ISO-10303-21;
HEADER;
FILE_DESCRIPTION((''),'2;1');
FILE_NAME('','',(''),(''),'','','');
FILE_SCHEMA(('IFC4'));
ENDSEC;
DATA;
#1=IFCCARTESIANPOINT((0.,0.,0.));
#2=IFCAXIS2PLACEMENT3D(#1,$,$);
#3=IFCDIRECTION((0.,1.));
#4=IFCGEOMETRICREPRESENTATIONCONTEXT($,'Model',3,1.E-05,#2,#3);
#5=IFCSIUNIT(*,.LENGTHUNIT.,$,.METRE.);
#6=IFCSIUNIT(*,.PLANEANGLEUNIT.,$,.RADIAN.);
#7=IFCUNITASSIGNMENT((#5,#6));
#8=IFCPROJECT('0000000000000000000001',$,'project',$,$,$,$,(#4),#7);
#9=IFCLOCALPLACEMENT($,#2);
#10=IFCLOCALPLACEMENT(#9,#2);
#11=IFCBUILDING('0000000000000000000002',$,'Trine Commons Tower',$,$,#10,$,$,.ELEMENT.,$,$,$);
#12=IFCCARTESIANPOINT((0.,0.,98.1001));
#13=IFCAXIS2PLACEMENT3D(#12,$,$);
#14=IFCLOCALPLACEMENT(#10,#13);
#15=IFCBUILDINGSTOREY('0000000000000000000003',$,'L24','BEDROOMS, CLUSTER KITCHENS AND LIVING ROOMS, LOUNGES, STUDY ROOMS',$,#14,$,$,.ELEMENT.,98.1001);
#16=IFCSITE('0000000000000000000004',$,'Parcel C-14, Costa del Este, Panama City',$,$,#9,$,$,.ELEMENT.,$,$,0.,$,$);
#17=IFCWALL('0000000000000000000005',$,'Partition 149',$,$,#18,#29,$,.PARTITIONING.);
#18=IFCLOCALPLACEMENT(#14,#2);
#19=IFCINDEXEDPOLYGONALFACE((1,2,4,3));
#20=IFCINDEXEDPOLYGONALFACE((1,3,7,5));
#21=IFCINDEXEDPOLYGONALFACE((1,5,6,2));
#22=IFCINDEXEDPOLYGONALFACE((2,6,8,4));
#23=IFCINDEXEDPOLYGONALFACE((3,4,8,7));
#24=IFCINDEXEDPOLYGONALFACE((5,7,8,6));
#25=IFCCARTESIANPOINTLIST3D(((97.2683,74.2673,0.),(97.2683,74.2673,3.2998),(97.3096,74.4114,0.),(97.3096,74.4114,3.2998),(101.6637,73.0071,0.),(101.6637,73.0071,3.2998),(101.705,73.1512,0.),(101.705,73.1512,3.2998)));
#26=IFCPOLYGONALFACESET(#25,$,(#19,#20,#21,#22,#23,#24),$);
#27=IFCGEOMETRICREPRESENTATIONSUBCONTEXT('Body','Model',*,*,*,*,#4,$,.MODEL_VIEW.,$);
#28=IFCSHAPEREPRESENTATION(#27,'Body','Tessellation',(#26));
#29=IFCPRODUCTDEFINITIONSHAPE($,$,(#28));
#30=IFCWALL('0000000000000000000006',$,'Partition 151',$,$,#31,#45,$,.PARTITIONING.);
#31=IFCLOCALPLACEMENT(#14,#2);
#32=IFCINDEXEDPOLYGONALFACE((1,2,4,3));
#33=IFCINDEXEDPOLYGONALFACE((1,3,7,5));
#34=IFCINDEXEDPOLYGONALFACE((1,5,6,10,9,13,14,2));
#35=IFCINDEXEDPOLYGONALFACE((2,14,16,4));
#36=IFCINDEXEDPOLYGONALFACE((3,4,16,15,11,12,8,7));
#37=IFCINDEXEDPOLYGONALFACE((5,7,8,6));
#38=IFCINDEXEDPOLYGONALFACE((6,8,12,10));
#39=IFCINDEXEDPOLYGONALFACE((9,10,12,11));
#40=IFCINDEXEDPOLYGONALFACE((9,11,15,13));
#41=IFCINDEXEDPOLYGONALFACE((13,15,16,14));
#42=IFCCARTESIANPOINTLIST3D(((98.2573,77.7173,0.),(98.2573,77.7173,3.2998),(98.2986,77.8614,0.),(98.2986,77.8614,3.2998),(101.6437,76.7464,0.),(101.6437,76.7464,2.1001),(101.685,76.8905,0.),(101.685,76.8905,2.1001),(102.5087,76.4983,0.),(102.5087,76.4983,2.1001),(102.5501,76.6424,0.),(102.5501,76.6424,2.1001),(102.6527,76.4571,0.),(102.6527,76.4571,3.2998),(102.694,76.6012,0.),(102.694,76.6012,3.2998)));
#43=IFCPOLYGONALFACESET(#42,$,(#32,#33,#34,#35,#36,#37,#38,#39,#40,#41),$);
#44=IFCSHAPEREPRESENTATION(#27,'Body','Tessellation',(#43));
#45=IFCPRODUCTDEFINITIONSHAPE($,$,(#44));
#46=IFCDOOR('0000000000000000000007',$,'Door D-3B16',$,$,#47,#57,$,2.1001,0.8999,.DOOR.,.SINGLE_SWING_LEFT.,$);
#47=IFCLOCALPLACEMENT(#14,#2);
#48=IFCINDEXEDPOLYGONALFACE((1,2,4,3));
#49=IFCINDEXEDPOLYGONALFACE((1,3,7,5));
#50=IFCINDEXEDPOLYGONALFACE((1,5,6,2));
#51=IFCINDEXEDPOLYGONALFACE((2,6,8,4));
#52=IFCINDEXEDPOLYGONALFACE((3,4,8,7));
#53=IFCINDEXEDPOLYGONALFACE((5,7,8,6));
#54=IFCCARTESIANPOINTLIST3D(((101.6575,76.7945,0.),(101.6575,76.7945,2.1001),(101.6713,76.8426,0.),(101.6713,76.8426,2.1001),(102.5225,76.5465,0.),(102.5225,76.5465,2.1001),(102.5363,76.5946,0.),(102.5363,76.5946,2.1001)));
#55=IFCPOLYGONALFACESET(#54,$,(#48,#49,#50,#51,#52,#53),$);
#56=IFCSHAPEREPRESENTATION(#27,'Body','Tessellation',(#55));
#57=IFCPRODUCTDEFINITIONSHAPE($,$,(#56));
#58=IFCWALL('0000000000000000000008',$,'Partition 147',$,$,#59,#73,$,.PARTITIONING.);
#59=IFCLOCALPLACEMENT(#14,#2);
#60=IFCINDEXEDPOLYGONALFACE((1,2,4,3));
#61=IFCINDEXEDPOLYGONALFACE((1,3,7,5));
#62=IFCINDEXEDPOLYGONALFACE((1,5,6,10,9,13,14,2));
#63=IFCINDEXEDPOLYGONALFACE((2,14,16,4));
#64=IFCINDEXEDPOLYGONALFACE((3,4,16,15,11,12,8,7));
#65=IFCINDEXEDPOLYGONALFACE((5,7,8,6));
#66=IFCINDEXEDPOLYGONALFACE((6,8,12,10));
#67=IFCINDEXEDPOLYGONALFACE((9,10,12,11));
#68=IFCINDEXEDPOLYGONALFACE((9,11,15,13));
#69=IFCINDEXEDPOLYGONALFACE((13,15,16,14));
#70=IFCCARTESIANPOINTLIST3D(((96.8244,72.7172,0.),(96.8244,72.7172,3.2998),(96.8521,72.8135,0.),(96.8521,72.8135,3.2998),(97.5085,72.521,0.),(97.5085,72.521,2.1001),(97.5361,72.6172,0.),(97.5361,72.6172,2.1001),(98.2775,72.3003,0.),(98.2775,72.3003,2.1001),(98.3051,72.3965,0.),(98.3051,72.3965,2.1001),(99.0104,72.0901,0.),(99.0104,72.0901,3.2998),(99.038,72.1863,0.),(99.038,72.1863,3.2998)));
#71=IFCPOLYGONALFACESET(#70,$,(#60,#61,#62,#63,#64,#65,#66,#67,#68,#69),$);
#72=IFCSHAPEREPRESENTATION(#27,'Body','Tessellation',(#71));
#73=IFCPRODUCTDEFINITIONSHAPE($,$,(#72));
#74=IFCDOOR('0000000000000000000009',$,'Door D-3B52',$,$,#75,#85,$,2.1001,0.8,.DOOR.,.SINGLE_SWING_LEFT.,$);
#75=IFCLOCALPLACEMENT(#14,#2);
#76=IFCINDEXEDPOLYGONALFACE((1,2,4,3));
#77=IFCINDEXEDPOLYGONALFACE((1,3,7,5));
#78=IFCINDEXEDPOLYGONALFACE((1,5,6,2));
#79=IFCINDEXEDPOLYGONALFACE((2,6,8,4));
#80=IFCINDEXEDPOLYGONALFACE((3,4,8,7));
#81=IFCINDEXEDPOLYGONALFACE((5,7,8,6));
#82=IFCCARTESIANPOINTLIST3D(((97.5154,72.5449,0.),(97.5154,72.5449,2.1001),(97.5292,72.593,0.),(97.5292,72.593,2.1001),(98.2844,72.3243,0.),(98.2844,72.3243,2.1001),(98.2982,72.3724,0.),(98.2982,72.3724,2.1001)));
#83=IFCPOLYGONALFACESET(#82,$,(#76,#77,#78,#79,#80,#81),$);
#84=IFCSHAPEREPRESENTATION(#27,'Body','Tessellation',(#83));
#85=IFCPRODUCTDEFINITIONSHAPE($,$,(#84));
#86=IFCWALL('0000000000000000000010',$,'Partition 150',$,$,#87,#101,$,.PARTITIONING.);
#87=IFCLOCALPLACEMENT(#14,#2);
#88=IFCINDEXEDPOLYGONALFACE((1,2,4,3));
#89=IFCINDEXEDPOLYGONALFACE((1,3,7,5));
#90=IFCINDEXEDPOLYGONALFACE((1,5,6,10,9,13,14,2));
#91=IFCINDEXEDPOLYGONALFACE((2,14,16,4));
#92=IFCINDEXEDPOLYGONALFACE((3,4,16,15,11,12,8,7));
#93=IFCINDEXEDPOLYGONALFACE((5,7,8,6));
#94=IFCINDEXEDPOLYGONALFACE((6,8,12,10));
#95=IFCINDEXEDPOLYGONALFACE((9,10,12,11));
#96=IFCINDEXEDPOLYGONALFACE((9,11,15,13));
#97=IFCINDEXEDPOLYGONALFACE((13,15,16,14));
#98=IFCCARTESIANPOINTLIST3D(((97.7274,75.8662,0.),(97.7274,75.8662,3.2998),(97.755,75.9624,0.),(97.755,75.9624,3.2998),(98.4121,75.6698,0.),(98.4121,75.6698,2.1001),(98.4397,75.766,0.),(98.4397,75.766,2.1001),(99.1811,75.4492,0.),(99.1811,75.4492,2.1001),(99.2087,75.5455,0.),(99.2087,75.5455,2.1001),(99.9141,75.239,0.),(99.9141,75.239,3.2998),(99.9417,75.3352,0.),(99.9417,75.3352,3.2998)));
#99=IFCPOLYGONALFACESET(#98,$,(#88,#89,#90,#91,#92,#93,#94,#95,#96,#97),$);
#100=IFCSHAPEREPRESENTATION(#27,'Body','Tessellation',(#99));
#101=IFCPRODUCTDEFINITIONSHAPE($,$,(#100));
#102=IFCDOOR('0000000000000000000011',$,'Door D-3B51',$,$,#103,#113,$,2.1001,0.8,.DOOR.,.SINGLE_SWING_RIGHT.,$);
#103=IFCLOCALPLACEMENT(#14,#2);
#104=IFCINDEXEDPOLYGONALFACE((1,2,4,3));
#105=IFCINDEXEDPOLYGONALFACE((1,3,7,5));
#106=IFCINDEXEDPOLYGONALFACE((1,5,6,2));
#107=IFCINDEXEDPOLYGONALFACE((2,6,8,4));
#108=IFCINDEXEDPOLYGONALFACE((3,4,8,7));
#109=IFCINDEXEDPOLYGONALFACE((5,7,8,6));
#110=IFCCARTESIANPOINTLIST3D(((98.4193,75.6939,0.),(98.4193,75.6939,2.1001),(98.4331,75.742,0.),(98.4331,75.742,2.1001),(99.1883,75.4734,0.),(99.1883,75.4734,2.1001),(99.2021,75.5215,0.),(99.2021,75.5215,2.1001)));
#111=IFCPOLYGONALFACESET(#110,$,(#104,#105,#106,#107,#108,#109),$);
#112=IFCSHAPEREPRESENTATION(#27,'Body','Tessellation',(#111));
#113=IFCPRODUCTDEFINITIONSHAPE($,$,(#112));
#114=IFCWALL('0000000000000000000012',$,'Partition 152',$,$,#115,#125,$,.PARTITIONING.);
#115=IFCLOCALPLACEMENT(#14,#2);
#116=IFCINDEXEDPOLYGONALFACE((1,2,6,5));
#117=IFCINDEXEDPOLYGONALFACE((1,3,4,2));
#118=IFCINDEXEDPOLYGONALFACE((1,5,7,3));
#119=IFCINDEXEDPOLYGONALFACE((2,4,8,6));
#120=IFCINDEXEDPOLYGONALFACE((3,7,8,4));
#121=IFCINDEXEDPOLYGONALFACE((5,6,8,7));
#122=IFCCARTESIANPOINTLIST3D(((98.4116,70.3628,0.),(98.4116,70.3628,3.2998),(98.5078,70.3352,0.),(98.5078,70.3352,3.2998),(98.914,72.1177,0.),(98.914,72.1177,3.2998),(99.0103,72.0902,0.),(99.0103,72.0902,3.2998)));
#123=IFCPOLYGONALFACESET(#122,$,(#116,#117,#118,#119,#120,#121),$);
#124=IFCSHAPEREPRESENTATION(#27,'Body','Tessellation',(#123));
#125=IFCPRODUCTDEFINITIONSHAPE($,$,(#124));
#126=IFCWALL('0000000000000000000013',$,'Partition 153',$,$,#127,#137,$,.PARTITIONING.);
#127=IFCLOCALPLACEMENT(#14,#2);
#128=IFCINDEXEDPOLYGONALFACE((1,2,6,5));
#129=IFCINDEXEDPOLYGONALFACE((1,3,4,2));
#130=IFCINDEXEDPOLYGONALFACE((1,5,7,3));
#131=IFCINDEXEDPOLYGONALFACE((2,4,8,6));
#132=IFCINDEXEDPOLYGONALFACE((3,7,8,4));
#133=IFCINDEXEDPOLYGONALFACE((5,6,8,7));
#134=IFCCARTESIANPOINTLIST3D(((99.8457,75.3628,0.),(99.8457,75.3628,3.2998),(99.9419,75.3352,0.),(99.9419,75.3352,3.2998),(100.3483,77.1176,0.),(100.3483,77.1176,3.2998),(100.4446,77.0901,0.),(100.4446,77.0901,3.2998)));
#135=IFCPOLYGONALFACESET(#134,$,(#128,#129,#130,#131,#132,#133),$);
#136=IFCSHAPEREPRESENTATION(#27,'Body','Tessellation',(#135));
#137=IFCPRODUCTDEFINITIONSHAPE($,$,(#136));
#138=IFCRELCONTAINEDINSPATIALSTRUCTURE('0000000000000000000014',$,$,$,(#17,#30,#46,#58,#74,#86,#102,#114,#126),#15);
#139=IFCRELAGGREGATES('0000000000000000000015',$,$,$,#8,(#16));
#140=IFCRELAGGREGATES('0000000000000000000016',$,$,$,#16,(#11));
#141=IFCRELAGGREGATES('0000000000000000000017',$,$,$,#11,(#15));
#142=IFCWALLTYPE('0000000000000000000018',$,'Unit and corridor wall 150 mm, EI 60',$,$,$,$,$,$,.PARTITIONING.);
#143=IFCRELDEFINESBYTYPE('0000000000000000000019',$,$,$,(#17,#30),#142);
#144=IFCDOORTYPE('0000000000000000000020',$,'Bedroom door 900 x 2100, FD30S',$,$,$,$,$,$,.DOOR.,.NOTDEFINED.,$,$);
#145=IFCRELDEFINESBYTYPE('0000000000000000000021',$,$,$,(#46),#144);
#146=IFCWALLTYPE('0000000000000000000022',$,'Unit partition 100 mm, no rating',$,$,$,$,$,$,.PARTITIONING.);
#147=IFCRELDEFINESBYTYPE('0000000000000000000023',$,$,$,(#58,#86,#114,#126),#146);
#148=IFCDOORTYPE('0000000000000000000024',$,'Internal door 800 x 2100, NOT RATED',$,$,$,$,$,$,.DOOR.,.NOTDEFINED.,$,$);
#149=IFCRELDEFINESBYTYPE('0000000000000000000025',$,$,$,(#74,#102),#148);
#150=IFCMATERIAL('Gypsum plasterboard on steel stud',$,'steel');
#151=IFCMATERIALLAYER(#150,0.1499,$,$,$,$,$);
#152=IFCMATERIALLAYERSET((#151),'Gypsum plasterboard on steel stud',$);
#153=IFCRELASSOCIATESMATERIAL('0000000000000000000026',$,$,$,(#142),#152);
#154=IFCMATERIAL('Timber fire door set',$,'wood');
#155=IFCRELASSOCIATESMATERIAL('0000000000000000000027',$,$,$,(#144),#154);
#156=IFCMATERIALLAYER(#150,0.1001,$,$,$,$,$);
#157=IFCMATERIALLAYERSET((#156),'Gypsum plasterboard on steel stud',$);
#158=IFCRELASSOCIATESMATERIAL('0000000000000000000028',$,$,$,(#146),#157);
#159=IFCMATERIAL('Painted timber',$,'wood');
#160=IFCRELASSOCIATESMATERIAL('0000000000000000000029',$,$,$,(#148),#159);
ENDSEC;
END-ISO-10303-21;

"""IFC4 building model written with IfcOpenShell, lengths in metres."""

from ifc_helpers import new_model, si_unit, direction, frame, frame_2d, origin, place, context, subcontext, project, spatial, rectangle, extrude, material, layer, layer_set, type_object, element, fill, save


model = new_model("IFC4")

# Units and contexts
model_context = context("Model", 3, precision=1e-05, world=origin(), true_north=direction((0.0, 1.0)))
body_context = subcontext(model_context, "Body", "Model", "MODEL_VIEW")
ifc_project = project(units=[si_unit("LENGTHUNIT", "METRE"), si_unit("PLANEANGLEUNIT", "RADIAN")], contexts=[model_context])

# Site, building, storey
site_placement = place(None, origin())
site = spatial("IfcSite", under=ifc_project, at=site_placement, Name="Parcel C-14, Costa del Este, Panama City", CompositionType="ELEMENT", RefElevation=0.0)
building_placement = place(site_placement, origin())
building = spatial("IfcBuilding", under=site, at=building_placement, Name="Trine Commons Tower", CompositionType="ELEMENT")
storey_placement = place(building_placement, frame((0.0, 0.0, 98.1001)))
storey = spatial("IfcBuildingStorey", under=building, at=storey_placement, Name="L24", Description="BEDROOMS, CLUSTER KITCHENS AND LIVING ROOMS, LOUNGES, STUDY ROOMS", CompositionType="ELEMENT", Elevation=98.1001)

# Shared definitions
ifc_material_1 = material(Name="Gypsum plasterboard on steel stud", Category="steel")
ifc_layer_1 = layer(ifc_material_1, 0.1499)
ifc_layer_set_1 = layer_set([ifc_layer_1], Name="Gypsum plasterboard on steel stud")
wall_type_1 = type_object("IfcWallType", Name="Unit and corridor wall 150 mm, EI 60", PredefinedType="PARTITIONING", material=ifc_layer_set_1)

# Shared definitions
ifc_material_2 = material(Name="Painted timber", Category="wood")

# Shared definitions
ifc_material_3 = material(Name="Timber fire door set", Category="wood")
door_type_1 = type_object("IfcDoorType", Name="Bedroom door 900 x 2100, FD30S", OperationType="NOTDEFINED", PredefinedType="DOOR", material=ifc_material_3)

# Wall
wall_1_placement = place(storey_placement, frame((97.2891, 74.3394, 0.0), z_axis=(0.0, 0.0, 1.0), x_axis=(0.96127, -0.27561, 0.0)))
element("IfcWall", 1, at=wall_1_placement, inside=storey, type_object=wall_type_1, Name="Partition 149", PredefinedType="PARTITIONING", context=body_context, shape_type="SweptSolid", body=[
    extrude(rectangle(XDim=4.5725, YDim=0.1499, at=frame_2d((2.2861, 0.0))), origin(), (0.0, 0.0, 1.0), 3.2998),
])

# Walls, openings, doors
wall_2_placement = place(storey_placement, frame((98.2781, 77.7893, 0.0), z_axis=(0.0, 0.0, 1.0), x_axis=(0.96127, -0.27561, 0.0)))
wall_2 = element("IfcWall", 2, at=wall_2_placement, inside=storey, type_object=wall_type_1, Name="Partition 151", PredefinedType="PARTITIONING", context=body_context, shape_type="SweptSolid", body=[
    extrude(rectangle(XDim=4.5725, YDim=0.1499, at=frame_2d((2.2861, 0.0))), origin(), (0.0, 0.0, 1.0), 3.2998),
])
opening_1_placement = place(wall_2_placement, frame((3.5227, 0.0, 0.0)))
opening_1 = element("IfcOpeningElement", 3, at=opening_1_placement, cuts=wall_2, PredefinedType="OPENING", context=body_context, shape_type="SweptSolid", body=[
    extrude(rectangle(XDim=0.8999, YDim=2.1001, at=frame_2d((0.45, 1.05))), frame((0.0, 0.085, 0.0), z_axis=(0.0, -1.0, 0.0), x_axis=(1.0, 0.0, 0.0)), (0.0, 0.0, 1.0), 0.1699),
])
door_1_placement = place(opening_1_placement, frame((0.8999, 0.0, 0.0), z_axis=(0.0, 0.0, 1.0), x_axis=(-1.0, 0.0, 0.0)))
door_1 = element("IfcDoor", 4, at=door_1_placement, inside=storey, type_object=door_type_1, Name="Door D-3B16", OperationType="SINGLE_SWING_LEFT", OverallHeight=2.1001, OverallWidth=0.8999, PredefinedType="DOOR", context=body_context, shape_type="SweptSolid", body=[
    extrude(rectangle(XDim=0.8999, YDim=2.1001, at=frame_2d((0.45, 1.05))), frame((0.0, 0.0249, 0.0), z_axis=(0.0, -1.0, 0.0), x_axis=(1.0, 0.0, 0.0)), (0.0, 0.0, 1.0), 0.05),
])
fill(opening_1, door_1)
ifc_layer_2 = layer(ifc_material_1, 0.1001)
ifc_layer_set_2 = layer_set([ifc_layer_2], Name="Gypsum plasterboard on steel stud")
wall_type_2 = type_object("IfcWallType", Name="Unit partition 100 mm, no rating", PredefinedType="PARTITIONING", material=ifc_layer_set_2)
wall_3_placement = place(storey_placement, frame((96.8381, 72.7654, 0.0), z_axis=(0.0, 0.0, 1.0), x_axis=(0.96122, -0.275784, 0.0)))
wall_3 = element("IfcWall", 5, at=wall_3_placement, inside=storey, type_object=wall_type_2, Name="Partition 147", PredefinedType="PARTITIONING", context=body_context, shape_type="SweptSolid", body=[
    extrude(rectangle(XDim=2.2742, YDim=0.1001, at=frame_2d((1.1372, 0.0))), origin(), (0.0, 0.0, 1.0), 3.2998),
])
opening_2_placement = place(wall_3_placement, frame((0.7119, 0.0, 0.0)))
opening_2 = element("IfcOpeningElement", 6, at=opening_2_placement, cuts=wall_3, PredefinedType="OPENING", context=body_context, shape_type="SweptSolid", body=[
    extrude(rectangle(XDim=0.8, YDim=2.1001, at=frame_2d((0.3999, 1.05))), frame((0.0, 0.0601, 0.0), z_axis=(0.0, -1.0, 0.0), x_axis=(1.0, 0.0, 0.0)), (0.0, 0.0, 1.0), 0.1201),
])
door_type_2 = type_object("IfcDoorType", Name="Internal door 800 x 2100, NOT RATED", OperationType="NOTDEFINED", PredefinedType="DOOR", material=ifc_material_2)
door_2_placement = place(opening_2_placement, origin())
door_2 = element("IfcDoor", 7, at=door_2_placement, inside=storey, type_object=door_type_2, Name="Door D-3B52", OperationType="SINGLE_SWING_LEFT", OverallHeight=2.1001, OverallWidth=0.8, PredefinedType="DOOR", context=body_context, shape_type="SweptSolid", body=[
    extrude(rectangle(XDim=0.8, YDim=2.1001, at=frame_2d((0.3999, 1.05))), frame((0.0, 0.0249, 0.0), z_axis=(0.0, -1.0, 0.0), x_axis=(1.0, 0.0, 0.0)), (0.0, 0.0, 1.0), 0.05),
])
fill(opening_2, door_2)
wall_4_placement = place(storey_placement, frame((97.7412, 75.9143, 0.0), z_axis=(0.0, 0.0, 1.0), x_axis=(0.961244, -0.275699, 0.0)))
wall_4 = element("IfcWall", 8, at=wall_4_placement, inside=storey, type_object=wall_type_2, Name="Partition 150", PredefinedType="PARTITIONING", context=body_context, shape_type="SweptSolid", body=[
    extrude(rectangle(XDim=2.2749, YDim=0.1001, at=frame_2d((1.1375, 0.0))), origin(), (0.0, 0.0, 1.0), 3.2998),
])
opening_3_placement = place(wall_4_placement, frame((0.7124, 0.0, 0.0)))
opening_3 = element("IfcOpeningElement", 9, at=opening_3_placement, cuts=wall_4, PredefinedType="OPENING", context=body_context, shape_type="SweptSolid", body=[
    extrude(rectangle(XDim=0.8, YDim=2.1001, at=frame_2d((0.3999, 1.05))), frame((0.0, 0.0601, 0.0), z_axis=(0.0, -1.0, 0.0), x_axis=(1.0, 0.0, 0.0)), (0.0, 0.0, 1.0), 0.1201),
])
door_3_placement = place(opening_3_placement, frame((0.8, 0.0, 0.0), z_axis=(0.0, 0.0, 1.0), x_axis=(-1.0, 0.0, 0.0)))
door_3 = element("IfcDoor", 10, at=door_3_placement, inside=storey, type_object=door_type_2, Name="Door D-3B51", OperationType="SINGLE_SWING_RIGHT", OverallHeight=2.1001, OverallWidth=0.8, PredefinedType="DOOR", context=body_context, shape_type="SweptSolid", body=[
    extrude(rectangle(XDim=0.8, YDim=2.1001, at=frame_2d((0.3999, 1.05))), frame((0.0, 0.0249, 0.0), z_axis=(0.0, -1.0, 0.0), x_axis=(1.0, 0.0, 0.0)), (0.0, 0.0, 1.0), 0.05),
])
fill(opening_3, door_3)

# Walls
for number, where, z_axis, x_axis, name in (
    (11, (98.4597, 70.3491, 0.0), (0.0, 0.0, 1.0), (0.275251, 0.961372, 0.0), "Partition 152"),
    (12, (99.8938, 75.3491, 0.0), (0.0, 0.0, 1.0), (0.275375, 0.961337, 0.0), "Partition 153"),
):
    element("IfcWall", number, at=place(storey_placement, frame(where, z_axis=z_axis, x_axis=x_axis)), inside=storey, type_object=wall_type_2, Name=name, PredefinedType="PARTITIONING", context=body_context, shape_type="SweptSolid", body=[
        extrude(rectangle(XDim=1.8254, YDim=0.1001, at=frame_2d((0.9126, 0.0))), origin(), (0.0, 0.0, 1.0), 3.2998),
    ])

save(model, "model.ifc")
